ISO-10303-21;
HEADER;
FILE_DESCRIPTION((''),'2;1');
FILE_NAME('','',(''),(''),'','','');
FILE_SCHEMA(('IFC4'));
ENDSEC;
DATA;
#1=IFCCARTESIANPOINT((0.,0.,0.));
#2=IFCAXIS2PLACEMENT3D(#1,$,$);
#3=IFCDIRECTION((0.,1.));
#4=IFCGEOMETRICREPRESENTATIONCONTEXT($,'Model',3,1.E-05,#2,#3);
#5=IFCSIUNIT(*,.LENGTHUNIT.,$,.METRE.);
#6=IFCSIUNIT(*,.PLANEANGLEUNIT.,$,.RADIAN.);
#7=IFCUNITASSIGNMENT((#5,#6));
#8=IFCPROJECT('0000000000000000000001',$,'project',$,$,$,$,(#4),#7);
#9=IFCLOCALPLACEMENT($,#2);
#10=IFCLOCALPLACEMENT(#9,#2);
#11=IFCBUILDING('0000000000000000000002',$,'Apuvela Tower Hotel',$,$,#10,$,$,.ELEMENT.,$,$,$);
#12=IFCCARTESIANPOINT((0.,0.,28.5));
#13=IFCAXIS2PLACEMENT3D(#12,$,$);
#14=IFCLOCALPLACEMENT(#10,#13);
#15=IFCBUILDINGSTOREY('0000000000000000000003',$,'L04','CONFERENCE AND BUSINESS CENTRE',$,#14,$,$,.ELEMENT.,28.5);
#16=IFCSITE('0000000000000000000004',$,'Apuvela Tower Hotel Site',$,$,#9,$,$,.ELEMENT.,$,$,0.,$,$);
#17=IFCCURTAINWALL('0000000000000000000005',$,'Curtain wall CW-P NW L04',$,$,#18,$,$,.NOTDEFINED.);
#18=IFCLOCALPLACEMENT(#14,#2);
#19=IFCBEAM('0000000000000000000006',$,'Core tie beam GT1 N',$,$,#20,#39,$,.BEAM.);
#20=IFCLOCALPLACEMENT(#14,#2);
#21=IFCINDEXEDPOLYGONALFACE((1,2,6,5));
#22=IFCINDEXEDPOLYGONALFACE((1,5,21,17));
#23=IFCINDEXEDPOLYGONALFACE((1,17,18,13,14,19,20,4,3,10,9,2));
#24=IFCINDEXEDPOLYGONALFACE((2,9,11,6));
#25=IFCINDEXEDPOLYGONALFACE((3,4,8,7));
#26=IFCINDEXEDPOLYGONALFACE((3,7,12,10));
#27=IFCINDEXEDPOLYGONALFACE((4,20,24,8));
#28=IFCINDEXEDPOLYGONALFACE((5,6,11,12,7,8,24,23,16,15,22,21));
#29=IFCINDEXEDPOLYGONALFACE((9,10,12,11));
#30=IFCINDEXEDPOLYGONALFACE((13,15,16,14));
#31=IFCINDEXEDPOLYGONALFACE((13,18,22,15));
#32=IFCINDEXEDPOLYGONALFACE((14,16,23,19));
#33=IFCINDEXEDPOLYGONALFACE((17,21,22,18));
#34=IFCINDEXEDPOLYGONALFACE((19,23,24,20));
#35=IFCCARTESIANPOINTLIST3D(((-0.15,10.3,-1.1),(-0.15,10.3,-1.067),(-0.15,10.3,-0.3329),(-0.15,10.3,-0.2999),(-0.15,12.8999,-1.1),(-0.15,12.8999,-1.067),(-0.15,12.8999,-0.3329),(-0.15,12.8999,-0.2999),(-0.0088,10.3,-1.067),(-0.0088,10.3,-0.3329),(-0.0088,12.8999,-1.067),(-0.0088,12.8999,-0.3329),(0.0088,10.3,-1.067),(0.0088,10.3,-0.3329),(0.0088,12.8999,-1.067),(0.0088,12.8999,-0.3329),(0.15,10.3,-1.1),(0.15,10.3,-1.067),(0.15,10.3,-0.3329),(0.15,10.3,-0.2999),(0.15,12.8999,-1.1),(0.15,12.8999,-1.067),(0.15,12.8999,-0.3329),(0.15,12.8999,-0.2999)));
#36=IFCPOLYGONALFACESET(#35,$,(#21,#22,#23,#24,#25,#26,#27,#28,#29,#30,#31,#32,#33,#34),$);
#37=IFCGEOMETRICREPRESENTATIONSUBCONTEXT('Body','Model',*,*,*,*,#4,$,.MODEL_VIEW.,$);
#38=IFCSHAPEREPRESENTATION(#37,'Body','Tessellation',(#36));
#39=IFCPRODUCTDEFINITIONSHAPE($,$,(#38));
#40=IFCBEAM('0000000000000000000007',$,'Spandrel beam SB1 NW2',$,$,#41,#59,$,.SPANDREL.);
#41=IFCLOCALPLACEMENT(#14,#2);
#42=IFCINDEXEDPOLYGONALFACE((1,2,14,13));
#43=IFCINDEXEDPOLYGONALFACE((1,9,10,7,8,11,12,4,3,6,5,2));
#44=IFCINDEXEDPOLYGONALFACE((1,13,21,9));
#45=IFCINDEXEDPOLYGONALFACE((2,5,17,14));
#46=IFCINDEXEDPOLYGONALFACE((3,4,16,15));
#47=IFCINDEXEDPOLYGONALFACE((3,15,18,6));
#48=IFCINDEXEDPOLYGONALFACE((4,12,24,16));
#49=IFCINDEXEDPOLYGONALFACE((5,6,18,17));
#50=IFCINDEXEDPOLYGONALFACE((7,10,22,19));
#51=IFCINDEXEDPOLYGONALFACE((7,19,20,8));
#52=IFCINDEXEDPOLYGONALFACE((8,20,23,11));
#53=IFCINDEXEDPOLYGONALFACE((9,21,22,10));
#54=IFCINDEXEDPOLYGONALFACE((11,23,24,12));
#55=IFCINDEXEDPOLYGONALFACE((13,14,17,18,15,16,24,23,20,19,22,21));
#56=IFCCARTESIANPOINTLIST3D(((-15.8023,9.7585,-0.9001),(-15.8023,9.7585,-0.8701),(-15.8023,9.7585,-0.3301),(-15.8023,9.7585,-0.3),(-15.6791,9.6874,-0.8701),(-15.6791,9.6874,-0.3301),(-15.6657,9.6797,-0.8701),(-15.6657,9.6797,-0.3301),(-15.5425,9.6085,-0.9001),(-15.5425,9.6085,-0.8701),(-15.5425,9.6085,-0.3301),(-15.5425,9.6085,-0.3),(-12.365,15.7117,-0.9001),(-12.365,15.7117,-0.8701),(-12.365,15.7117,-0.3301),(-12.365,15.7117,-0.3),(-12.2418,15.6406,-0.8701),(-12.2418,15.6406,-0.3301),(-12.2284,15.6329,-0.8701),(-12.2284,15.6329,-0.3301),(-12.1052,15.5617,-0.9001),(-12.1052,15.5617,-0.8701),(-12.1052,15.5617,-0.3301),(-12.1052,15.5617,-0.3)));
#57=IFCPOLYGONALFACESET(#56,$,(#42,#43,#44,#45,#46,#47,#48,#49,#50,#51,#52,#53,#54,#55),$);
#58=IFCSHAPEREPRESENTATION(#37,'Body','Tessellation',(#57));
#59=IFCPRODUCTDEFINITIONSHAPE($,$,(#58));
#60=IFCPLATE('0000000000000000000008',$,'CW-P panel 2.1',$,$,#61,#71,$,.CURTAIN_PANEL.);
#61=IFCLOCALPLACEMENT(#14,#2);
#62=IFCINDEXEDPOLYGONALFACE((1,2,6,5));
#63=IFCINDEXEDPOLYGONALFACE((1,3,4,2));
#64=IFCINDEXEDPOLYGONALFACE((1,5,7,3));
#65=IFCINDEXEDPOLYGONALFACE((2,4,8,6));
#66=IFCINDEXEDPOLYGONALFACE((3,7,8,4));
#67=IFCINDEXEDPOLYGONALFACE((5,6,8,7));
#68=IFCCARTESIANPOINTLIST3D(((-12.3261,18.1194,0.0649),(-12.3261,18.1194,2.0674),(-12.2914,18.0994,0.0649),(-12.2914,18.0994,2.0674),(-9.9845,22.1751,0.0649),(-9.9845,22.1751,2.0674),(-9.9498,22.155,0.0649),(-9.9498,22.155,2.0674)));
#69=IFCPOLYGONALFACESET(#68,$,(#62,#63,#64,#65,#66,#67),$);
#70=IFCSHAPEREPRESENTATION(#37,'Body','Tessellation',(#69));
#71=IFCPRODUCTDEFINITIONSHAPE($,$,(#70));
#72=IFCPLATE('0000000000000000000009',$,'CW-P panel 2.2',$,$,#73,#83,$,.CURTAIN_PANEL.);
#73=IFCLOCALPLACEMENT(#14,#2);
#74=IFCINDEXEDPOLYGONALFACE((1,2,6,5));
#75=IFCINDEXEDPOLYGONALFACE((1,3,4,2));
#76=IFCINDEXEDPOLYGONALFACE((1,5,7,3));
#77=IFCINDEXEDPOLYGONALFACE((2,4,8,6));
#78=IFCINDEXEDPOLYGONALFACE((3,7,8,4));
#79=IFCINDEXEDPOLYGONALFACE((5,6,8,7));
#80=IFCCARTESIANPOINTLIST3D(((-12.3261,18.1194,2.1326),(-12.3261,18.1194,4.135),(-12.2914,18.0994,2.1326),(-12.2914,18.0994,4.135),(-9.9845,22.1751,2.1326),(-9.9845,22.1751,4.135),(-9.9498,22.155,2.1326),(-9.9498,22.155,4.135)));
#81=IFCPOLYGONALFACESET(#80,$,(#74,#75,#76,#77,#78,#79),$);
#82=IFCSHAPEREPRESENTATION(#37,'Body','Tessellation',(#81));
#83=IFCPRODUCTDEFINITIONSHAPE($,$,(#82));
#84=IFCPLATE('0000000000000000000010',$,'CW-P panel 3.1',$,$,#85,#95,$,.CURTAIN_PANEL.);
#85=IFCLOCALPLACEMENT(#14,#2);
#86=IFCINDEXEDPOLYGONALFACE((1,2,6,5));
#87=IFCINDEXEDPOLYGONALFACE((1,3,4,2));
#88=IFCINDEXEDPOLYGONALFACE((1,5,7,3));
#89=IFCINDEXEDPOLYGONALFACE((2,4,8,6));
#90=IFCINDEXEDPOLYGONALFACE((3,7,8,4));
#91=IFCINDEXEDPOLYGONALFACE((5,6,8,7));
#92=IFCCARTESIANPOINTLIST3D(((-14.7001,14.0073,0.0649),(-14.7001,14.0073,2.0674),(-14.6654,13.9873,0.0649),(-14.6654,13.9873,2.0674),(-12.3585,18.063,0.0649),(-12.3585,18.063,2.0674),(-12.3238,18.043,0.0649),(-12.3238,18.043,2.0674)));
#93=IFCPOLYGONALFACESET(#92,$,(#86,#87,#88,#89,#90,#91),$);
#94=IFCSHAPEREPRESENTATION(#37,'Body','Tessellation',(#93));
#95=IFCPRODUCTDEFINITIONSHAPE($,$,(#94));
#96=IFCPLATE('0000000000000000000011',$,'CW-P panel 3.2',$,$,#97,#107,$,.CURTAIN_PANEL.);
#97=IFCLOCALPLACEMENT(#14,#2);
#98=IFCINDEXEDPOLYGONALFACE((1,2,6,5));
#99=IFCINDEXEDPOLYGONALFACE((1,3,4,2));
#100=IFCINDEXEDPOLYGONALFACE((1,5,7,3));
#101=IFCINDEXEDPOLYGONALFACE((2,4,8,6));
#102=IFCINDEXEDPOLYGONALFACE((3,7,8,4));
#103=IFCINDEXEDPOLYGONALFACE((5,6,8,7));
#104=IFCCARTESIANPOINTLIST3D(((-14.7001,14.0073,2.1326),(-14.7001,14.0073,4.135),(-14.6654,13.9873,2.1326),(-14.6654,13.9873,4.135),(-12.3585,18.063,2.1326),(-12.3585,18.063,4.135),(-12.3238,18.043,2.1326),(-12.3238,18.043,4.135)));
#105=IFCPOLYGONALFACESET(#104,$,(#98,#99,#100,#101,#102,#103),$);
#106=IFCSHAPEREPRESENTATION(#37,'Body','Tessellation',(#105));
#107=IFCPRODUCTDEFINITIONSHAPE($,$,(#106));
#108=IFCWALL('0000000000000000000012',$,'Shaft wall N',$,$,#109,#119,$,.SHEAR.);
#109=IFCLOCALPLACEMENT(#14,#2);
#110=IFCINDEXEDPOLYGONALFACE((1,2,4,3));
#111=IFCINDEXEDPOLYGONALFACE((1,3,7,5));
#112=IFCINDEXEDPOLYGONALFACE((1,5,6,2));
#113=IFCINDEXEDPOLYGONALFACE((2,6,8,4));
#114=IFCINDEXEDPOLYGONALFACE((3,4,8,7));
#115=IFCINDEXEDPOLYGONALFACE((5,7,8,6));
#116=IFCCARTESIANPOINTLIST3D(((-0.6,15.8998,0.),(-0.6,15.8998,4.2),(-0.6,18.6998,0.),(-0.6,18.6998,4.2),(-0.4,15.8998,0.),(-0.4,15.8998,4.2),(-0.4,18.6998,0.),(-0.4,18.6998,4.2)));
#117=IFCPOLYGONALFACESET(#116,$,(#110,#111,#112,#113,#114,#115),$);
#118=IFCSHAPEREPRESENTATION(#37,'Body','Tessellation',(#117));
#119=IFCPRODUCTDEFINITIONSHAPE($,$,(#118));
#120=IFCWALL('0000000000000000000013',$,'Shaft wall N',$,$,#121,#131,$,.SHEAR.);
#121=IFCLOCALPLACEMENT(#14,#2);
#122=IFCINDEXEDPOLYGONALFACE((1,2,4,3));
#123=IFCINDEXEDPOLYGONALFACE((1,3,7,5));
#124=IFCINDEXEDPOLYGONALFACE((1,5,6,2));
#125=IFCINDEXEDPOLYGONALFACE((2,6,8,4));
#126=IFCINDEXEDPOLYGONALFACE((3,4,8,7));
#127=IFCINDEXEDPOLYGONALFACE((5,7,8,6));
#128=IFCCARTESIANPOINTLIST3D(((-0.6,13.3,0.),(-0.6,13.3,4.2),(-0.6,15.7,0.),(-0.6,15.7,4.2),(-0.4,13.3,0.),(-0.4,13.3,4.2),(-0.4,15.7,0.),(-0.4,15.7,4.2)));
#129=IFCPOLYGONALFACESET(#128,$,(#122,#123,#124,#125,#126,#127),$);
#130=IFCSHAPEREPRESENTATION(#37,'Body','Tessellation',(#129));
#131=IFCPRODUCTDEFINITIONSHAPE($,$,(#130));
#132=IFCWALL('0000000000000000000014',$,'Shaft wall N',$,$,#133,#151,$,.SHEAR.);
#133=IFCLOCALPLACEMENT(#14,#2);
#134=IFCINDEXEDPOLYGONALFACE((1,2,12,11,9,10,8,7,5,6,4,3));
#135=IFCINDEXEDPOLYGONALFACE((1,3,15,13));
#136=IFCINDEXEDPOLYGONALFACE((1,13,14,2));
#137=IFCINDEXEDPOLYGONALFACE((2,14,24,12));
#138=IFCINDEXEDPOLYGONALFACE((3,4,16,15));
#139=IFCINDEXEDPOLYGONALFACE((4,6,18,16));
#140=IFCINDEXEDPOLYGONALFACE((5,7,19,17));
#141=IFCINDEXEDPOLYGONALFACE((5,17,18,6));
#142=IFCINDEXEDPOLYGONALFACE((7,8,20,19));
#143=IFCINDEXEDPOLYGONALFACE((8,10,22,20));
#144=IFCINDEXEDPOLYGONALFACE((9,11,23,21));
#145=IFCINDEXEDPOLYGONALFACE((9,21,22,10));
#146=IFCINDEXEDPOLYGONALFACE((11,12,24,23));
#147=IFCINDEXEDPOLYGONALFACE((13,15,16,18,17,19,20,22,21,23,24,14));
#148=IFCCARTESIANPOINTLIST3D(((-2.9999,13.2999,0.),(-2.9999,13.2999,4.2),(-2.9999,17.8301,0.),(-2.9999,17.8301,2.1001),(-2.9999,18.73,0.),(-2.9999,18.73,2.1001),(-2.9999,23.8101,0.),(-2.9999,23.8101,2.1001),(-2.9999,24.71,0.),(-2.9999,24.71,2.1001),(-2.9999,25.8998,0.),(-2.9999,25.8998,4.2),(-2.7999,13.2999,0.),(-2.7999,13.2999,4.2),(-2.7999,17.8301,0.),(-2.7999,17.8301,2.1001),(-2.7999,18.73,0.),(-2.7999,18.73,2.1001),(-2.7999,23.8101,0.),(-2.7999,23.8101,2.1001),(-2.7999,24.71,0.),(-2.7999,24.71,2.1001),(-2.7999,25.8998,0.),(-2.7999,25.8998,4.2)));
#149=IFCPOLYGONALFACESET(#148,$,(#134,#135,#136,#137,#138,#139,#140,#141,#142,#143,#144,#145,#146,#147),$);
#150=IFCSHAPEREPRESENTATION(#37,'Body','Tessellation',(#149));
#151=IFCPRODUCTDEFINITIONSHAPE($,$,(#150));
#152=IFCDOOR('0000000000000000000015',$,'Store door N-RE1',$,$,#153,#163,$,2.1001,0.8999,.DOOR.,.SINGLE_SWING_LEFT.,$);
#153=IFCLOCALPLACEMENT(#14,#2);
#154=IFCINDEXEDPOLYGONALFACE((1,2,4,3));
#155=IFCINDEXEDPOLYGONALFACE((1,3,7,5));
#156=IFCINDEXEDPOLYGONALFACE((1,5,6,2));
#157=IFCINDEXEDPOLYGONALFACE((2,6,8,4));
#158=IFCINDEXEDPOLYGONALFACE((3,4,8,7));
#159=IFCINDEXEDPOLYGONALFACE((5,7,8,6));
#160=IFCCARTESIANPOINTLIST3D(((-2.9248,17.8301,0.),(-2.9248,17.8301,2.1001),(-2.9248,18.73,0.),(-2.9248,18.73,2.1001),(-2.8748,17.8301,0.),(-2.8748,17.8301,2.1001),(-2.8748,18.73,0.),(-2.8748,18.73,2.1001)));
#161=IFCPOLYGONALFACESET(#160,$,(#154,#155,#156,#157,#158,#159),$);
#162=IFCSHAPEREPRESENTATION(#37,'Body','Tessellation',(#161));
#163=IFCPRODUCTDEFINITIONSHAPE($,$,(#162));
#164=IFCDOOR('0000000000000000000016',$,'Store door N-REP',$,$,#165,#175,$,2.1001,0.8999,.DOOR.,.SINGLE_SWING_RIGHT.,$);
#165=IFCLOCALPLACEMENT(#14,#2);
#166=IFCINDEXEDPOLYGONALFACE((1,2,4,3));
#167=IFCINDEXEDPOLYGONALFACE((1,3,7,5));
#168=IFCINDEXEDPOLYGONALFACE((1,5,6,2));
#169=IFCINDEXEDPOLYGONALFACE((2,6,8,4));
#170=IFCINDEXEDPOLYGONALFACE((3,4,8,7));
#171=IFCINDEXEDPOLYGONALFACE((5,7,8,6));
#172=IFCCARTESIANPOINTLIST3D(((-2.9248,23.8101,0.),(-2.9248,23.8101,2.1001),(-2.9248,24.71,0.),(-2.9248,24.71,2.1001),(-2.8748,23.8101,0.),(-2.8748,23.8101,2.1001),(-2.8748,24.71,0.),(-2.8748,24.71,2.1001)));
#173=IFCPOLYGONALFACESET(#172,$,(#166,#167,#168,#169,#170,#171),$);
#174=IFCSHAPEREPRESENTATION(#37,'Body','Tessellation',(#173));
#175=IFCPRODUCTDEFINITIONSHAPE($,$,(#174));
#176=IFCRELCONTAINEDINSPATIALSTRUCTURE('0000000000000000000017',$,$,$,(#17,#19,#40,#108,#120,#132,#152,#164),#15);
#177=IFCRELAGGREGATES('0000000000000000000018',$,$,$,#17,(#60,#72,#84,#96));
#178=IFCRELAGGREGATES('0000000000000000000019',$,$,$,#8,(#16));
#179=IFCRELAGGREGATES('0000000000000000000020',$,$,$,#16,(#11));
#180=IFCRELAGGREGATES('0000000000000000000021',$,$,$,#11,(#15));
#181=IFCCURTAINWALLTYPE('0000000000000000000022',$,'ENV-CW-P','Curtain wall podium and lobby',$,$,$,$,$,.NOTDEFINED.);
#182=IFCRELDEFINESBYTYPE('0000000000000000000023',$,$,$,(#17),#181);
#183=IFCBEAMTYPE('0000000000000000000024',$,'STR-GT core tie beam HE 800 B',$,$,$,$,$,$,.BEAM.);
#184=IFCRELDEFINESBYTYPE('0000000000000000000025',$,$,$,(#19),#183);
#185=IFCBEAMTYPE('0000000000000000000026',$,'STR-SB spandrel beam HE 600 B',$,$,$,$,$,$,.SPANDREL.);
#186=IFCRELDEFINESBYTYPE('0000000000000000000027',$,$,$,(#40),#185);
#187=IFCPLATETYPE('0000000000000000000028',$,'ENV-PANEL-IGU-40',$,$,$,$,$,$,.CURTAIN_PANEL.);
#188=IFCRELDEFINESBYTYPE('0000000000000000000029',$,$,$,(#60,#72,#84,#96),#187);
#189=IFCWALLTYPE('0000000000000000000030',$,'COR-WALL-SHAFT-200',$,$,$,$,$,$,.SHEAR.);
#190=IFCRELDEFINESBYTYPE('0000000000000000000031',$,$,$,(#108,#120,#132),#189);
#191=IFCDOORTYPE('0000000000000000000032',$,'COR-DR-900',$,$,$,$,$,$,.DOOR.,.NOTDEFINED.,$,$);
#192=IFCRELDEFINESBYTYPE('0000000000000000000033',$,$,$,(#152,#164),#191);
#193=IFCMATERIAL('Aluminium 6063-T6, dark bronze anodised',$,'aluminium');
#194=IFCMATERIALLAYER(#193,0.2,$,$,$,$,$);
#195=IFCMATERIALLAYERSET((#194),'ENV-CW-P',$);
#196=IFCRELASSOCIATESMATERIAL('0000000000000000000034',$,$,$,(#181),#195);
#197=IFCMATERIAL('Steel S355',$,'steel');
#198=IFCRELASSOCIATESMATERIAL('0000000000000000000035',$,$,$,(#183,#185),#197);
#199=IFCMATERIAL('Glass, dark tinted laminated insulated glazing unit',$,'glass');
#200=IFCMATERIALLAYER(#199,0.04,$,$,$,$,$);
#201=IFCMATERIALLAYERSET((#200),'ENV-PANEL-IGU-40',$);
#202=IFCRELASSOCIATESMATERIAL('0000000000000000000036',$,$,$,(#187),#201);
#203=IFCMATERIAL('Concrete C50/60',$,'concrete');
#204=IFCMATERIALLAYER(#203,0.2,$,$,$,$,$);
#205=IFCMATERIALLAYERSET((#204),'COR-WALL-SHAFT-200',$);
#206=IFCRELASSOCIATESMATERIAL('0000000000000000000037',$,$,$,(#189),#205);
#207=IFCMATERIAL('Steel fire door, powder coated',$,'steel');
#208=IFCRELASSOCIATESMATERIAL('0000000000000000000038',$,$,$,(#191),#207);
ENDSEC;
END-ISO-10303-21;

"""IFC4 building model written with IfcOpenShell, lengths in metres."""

from ifc_helpers import new_model, si_unit, direction, frame, frame_2d, origin, origin_2d, place, context, subcontext, project, spatial, rectangle, i_section, extrude, material, layer, layer_set, material_profile, profile_set, type_object, element, fill, aggregate, save


model = new_model("IFC4")

# Units and contexts
model_context = context("Model", 3, precision=1e-05, world=origin(), true_north=direction((0.0, 1.0)))
body_context = subcontext(model_context, "Body", "Model", "MODEL_VIEW")
ifc_project = project(units=[si_unit("LENGTHUNIT", "METRE"), si_unit("PLANEANGLEUNIT", "RADIAN")], contexts=[model_context])

# Site, building, storey
site_placement = place(None, origin())
site = spatial("IfcSite", under=ifc_project, at=site_placement, Name="Apuvela Tower Hotel Site", CompositionType="ELEMENT", RefElevation=0.0)
building_placement = place(site_placement, origin())
building = spatial("IfcBuilding", under=site, at=building_placement, Name="Apuvela Tower Hotel", CompositionType="ELEMENT")
storey_placement = place(building_placement, frame((0.0, 0.0, 28.5)))
storey = spatial("IfcBuildingStorey", under=building, at=storey_placement, Name="L04", Description="CONFERENCE AND BUSINESS CENTRE", CompositionType="ELEMENT", Elevation=28.5)

# Curtain wall
ifc_material_1 = material(Name="Aluminium 6063-T6, dark bronze anodised", Category="aluminium")
ifc_layer_1 = layer(ifc_material_1, 0.2)
ifc_layer_set_1 = layer_set([ifc_layer_1], Name="ENV-CW-P")
curtain_wall_type = type_object("IfcCurtainWallType", Name="ENV-CW-P", Description="Curtain wall podium and lobby", PredefinedType="NOTDEFINED", material=ifc_layer_set_1)
curtain_wall_placement = place(storey_placement, origin())
curtain_wall = element("IfcCurtainWall", 1, at=curtain_wall_placement, inside=storey, type_object=curtain_wall_type, Name="Curtain wall CW-P NW L04", PredefinedType="NOTDEFINED")

# Beams
ifc_material_2 = material(Name="Steel S355", Category="steel")
ifc_material_profile_1 = material_profile(ifc_material_2, i_section(OverallWidth=0.3, OverallDepth=0.8, WebThickness=0.0176, FlangeThickness=0.033, at=origin_2d()), Name="HE 800 B")
ifc_profile_set_1 = profile_set([ifc_material_profile_1], Name="Steel S355")
beam_type_1 = type_object("IfcBeamType", Name="STR-GT core tie beam HE 800 B", PredefinedType="BEAM", material=ifc_profile_set_1)
beam_1_placement = place(storey_placement, frame((0.0, 12.8999, -0.7), z_axis=(0.0, -1.0, 0.0), x_axis=(1.0, 0.0, 0.0)))
element("IfcBeam", 2, at=beam_1_placement, inside=storey, type_object=beam_type_1, Name="Core tie beam GT1 N", PredefinedType="BEAM", context=body_context, shape_type="SweptSolid", body=[
    extrude(i_section(OverallWidth=0.3, OverallDepth=0.8, WebThickness=0.0176, FlangeThickness=0.033, at=origin_2d()), origin(), (0.0, 0.0, 1.0), 2.5999),
])
ifc_material_profile_2 = material_profile(ifc_material_2, i_section(OverallWidth=0.3, OverallDepth=0.6001, WebThickness=0.0154, FlangeThickness=0.03, at=origin_2d()), Name="HE 600 B")
ifc_profile_set_2 = profile_set([ifc_material_profile_2], Name="Steel S355")
beam_type_2 = type_object("IfcBeamType", Name="STR-SB spandrel beam HE 600 B", PredefinedType="SPANDREL", material=ifc_profile_set_2)
beam_2_placement = place(storey_placement, frame((-12.2351, 15.6367, -0.6001), z_axis=(-0.500024, -0.866012, 0.0), x_axis=(0.866012, -0.500024, 0.0)))
element("IfcBeam", 3, at=beam_2_placement, inside=storey, type_object=beam_type_2, Name="Spandrel beam SB1 NW2", PredefinedType="SPANDREL", context=body_context, shape_type="SweptSolid", body=[
    extrude(i_section(OverallWidth=0.3, OverallDepth=0.6001, WebThickness=0.0154, FlangeThickness=0.03, at=origin_2d()), origin(), (0.0, 0.0, 1.0), 6.8743),
])

# Plates
ifc_material_3 = material(Name="Glass, dark tinted laminated insulated glazing unit", Category="glass")
ifc_layer_2 = layer(ifc_material_3, 0.04)
ifc_layer_set_2 = layer_set([ifc_layer_2], Name="ENV-PANEL-IGU-40")
plate_type = type_object("IfcPlateType", Name="ENV-PANEL-IGU-40", PredefinedType="CURTAIN_PANEL", material=ifc_layer_set_2)
plate_1_placement = place(storey_placement, frame((-11.1379, 20.1372, 0.0649), z_axis=(0.0, 0.0, 1.0), x_axis=(-0.500002, -0.866024, 0.0)))
plate_1 = element("IfcPlate", 4, at=plate_1_placement, type_object=plate_type, Name="CW-P panel 2.1", PredefinedType="CURTAIN_PANEL", context=body_context, shape_type="SweptSolid", body=[
    extrude(rectangle(XDim=4.6831, YDim=0.04, at=origin_2d()), origin(), (0.0, 0.0, 1.0), 2.0024),
])
plate_2_placement = place(storey_placement, frame((-11.1379, 20.1372, 2.1326), z_axis=(0.0, 0.0, 1.0), x_axis=(-0.500002, -0.866024, 0.0)))
plate_2 = element("IfcPlate", 5, at=plate_2_placement, type_object=plate_type, Name="CW-P panel 2.2", PredefinedType="CURTAIN_PANEL", context=body_context, shape_type="SweptSolid", body=[
    extrude(rectangle(XDim=4.6831, YDim=0.04, at=origin_2d()), origin(), (0.0, 0.0, 1.0), 2.0024),
])
plate_3_placement = place(storey_placement, frame((-13.512, 16.0251, 0.0649), z_axis=(0.0, 0.0, 1.0), x_axis=(-0.500002, -0.866024, 0.0)))
plate_3 = element("IfcPlate", 6, at=plate_3_placement, type_object=plate_type, Name="CW-P panel 3.1", PredefinedType="CURTAIN_PANEL", context=body_context, shape_type="SweptSolid", body=[
    extrude(rectangle(XDim=4.6831, YDim=0.04, at=origin_2d()), origin(), (0.0, 0.0, 1.0), 2.0024),
])
plate_4_placement = place(storey_placement, frame((-13.512, 16.0251, 2.1326), z_axis=(0.0, 0.0, 1.0), x_axis=(-0.500002, -0.866024, 0.0)))
plate_4 = element("IfcPlate", 7, at=plate_4_placement, type_object=plate_type, Name="CW-P panel 3.2", PredefinedType="CURTAIN_PANEL", context=body_context, shape_type="SweptSolid", body=[
    extrude(rectangle(XDim=4.6831, YDim=0.04, at=origin_2d()), origin(), (0.0, 0.0, 1.0), 2.0024),
])
aggregate(curtain_wall, [plate_1, plate_2, plate_3, plate_4])

# Walls
ifc_material_4 = material(Name="Concrete C50/60", Category="concrete")
ifc_layer_3 = layer(ifc_material_4, 0.2)
ifc_layer_set_3 = layer_set([ifc_layer_3], Name="COR-WALL-SHAFT-200")
wall_type_1 = type_object("IfcWallType", Name="COR-WALL-SHAFT-200", PredefinedType="SHEAR", material=ifc_layer_set_3)
wall_1_placement = place(storey_placement, frame((-0.5, 15.8999, 0.0), z_axis=(0.0, 0.0, 1.0), x_axis=(0.0, 1.0, 0.0)))
element("IfcWall", 8, at=wall_1_placement, inside=storey, type_object=wall_type_1, Name="Shaft wall N", PredefinedType="SHEAR", context=body_context, shape_type="SweptSolid", body=[
    extrude(rectangle(XDim=2.8, YDim=0.2, at=frame_2d((1.3999, 0.0))), origin(), (0.0, 0.0, 1.0), 4.2),
])
wall_2_placement = place(storey_placement, frame((-0.5, 13.3, 0.0), z_axis=(0.0, 0.0, 1.0), x_axis=(0.0, 1.0, 0.0)))
element("IfcWall", 9, at=wall_2_placement, inside=storey, type_object=wall_type_1, Name="Shaft wall N", PredefinedType="SHEAR", context=body_context, shape_type="SweptSolid", body=[
    extrude(rectangle(XDim=2.3999, YDim=0.2, at=frame_2d((1.2, 0.0))), origin(), (0.0, 0.0, 1.0), 4.2),
])

# Wall, openings, doors
wall_3_placement = place(storey_placement, frame((-2.8999, 13.3, 0.0), z_axis=(0.0, 0.0, 1.0), x_axis=(0.0, 1.0, 0.0)))
wall_3 = element("IfcWall", 10, at=wall_3_placement, inside=storey, type_object=wall_type_1, Name="Shaft wall N", PredefinedType="SHEAR", context=body_context, shape_type="SweptSolid", body=[
    extrude(rectangle(XDim=12.5999, YDim=0.2, at=frame_2d((6.2998, 0.0))), origin(), (0.0, 0.0, 1.0), 4.2),
])
opening_1_placement = place(wall_3_placement, frame((4.53, 0.0, 0.0)))
opening_1 = element("IfcOpeningElement", 11, at=opening_1_placement, cuts=wall_3, PredefinedType="OPENING", context=body_context, shape_type="SweptSolid", body=[
    extrude(rectangle(XDim=0.8999, YDim=2.1001, at=frame_2d((0.45, 1.05))), frame((0.0, 0.1099, 0.0), z_axis=(0.0, -1.0, 0.0), x_axis=(1.0, 0.0, 0.0)), (0.0, 0.0, 1.0), 0.22),
])
opening_2_placement = place(wall_3_placement, frame((10.51, 0.0, 0.0)))
opening_2 = element("IfcOpeningElement", 12, at=opening_2_placement, cuts=wall_3, PredefinedType="OPENING", context=body_context, shape_type="SweptSolid", body=[
    extrude(rectangle(XDim=0.8999, YDim=2.1001, at=frame_2d((0.45, 1.05))), frame((0.0, 0.1099, 0.0), z_axis=(0.0, -1.0, 0.0), x_axis=(1.0, 0.0, 0.0)), (0.0, 0.0, 1.0), 0.22),
])
ifc_material_5 = material(Name="Steel fire door, powder coated", Category="steel")
door_type_1 = type_object("IfcDoorType", Name="COR-DR-900", OperationType="NOTDEFINED", PredefinedType="DOOR", material=ifc_material_5)
door_1_placement = place(opening_1_placement, origin())
door_1 = element("IfcDoor", 13, at=door_1_placement, inside=storey, type_object=door_type_1, Name="Store door N-RE1", OperationType="SINGLE_SWING_LEFT", OverallHeight=2.1001, OverallWidth=0.8999, PredefinedType="DOOR", context=body_context, shape_type="SweptSolid", body=[
    extrude(rectangle(XDim=0.8999, YDim=2.1001, at=frame_2d((0.45, 1.05))), frame((0.0, 0.0249, 0.0), z_axis=(0.0, -1.0, 0.0), x_axis=(1.0, 0.0, 0.0)), (0.0, 0.0, 1.0), 0.05),
])
fill(opening_1, door_1)
door_2_placement = place(opening_2_placement, origin())
door_2 = element("IfcDoor", 14, at=door_2_placement, inside=storey, type_object=door_type_1, Name="Store door N-REP", OperationType="SINGLE_SWING_RIGHT", OverallHeight=2.1001, OverallWidth=0.8999, PredefinedType="DOOR", context=body_context, shape_type="SweptSolid", body=[
    extrude(rectangle(XDim=0.8999, YDim=2.1001, at=frame_2d((0.45, 1.05))), frame((0.0, 0.0249, 0.0), z_axis=(0.0, -1.0, 0.0), x_axis=(1.0, 0.0, 0.0)), (0.0, 0.0, 1.0), 0.05),
])
fill(opening_2, door_2)

save(model, "model.ifc")
